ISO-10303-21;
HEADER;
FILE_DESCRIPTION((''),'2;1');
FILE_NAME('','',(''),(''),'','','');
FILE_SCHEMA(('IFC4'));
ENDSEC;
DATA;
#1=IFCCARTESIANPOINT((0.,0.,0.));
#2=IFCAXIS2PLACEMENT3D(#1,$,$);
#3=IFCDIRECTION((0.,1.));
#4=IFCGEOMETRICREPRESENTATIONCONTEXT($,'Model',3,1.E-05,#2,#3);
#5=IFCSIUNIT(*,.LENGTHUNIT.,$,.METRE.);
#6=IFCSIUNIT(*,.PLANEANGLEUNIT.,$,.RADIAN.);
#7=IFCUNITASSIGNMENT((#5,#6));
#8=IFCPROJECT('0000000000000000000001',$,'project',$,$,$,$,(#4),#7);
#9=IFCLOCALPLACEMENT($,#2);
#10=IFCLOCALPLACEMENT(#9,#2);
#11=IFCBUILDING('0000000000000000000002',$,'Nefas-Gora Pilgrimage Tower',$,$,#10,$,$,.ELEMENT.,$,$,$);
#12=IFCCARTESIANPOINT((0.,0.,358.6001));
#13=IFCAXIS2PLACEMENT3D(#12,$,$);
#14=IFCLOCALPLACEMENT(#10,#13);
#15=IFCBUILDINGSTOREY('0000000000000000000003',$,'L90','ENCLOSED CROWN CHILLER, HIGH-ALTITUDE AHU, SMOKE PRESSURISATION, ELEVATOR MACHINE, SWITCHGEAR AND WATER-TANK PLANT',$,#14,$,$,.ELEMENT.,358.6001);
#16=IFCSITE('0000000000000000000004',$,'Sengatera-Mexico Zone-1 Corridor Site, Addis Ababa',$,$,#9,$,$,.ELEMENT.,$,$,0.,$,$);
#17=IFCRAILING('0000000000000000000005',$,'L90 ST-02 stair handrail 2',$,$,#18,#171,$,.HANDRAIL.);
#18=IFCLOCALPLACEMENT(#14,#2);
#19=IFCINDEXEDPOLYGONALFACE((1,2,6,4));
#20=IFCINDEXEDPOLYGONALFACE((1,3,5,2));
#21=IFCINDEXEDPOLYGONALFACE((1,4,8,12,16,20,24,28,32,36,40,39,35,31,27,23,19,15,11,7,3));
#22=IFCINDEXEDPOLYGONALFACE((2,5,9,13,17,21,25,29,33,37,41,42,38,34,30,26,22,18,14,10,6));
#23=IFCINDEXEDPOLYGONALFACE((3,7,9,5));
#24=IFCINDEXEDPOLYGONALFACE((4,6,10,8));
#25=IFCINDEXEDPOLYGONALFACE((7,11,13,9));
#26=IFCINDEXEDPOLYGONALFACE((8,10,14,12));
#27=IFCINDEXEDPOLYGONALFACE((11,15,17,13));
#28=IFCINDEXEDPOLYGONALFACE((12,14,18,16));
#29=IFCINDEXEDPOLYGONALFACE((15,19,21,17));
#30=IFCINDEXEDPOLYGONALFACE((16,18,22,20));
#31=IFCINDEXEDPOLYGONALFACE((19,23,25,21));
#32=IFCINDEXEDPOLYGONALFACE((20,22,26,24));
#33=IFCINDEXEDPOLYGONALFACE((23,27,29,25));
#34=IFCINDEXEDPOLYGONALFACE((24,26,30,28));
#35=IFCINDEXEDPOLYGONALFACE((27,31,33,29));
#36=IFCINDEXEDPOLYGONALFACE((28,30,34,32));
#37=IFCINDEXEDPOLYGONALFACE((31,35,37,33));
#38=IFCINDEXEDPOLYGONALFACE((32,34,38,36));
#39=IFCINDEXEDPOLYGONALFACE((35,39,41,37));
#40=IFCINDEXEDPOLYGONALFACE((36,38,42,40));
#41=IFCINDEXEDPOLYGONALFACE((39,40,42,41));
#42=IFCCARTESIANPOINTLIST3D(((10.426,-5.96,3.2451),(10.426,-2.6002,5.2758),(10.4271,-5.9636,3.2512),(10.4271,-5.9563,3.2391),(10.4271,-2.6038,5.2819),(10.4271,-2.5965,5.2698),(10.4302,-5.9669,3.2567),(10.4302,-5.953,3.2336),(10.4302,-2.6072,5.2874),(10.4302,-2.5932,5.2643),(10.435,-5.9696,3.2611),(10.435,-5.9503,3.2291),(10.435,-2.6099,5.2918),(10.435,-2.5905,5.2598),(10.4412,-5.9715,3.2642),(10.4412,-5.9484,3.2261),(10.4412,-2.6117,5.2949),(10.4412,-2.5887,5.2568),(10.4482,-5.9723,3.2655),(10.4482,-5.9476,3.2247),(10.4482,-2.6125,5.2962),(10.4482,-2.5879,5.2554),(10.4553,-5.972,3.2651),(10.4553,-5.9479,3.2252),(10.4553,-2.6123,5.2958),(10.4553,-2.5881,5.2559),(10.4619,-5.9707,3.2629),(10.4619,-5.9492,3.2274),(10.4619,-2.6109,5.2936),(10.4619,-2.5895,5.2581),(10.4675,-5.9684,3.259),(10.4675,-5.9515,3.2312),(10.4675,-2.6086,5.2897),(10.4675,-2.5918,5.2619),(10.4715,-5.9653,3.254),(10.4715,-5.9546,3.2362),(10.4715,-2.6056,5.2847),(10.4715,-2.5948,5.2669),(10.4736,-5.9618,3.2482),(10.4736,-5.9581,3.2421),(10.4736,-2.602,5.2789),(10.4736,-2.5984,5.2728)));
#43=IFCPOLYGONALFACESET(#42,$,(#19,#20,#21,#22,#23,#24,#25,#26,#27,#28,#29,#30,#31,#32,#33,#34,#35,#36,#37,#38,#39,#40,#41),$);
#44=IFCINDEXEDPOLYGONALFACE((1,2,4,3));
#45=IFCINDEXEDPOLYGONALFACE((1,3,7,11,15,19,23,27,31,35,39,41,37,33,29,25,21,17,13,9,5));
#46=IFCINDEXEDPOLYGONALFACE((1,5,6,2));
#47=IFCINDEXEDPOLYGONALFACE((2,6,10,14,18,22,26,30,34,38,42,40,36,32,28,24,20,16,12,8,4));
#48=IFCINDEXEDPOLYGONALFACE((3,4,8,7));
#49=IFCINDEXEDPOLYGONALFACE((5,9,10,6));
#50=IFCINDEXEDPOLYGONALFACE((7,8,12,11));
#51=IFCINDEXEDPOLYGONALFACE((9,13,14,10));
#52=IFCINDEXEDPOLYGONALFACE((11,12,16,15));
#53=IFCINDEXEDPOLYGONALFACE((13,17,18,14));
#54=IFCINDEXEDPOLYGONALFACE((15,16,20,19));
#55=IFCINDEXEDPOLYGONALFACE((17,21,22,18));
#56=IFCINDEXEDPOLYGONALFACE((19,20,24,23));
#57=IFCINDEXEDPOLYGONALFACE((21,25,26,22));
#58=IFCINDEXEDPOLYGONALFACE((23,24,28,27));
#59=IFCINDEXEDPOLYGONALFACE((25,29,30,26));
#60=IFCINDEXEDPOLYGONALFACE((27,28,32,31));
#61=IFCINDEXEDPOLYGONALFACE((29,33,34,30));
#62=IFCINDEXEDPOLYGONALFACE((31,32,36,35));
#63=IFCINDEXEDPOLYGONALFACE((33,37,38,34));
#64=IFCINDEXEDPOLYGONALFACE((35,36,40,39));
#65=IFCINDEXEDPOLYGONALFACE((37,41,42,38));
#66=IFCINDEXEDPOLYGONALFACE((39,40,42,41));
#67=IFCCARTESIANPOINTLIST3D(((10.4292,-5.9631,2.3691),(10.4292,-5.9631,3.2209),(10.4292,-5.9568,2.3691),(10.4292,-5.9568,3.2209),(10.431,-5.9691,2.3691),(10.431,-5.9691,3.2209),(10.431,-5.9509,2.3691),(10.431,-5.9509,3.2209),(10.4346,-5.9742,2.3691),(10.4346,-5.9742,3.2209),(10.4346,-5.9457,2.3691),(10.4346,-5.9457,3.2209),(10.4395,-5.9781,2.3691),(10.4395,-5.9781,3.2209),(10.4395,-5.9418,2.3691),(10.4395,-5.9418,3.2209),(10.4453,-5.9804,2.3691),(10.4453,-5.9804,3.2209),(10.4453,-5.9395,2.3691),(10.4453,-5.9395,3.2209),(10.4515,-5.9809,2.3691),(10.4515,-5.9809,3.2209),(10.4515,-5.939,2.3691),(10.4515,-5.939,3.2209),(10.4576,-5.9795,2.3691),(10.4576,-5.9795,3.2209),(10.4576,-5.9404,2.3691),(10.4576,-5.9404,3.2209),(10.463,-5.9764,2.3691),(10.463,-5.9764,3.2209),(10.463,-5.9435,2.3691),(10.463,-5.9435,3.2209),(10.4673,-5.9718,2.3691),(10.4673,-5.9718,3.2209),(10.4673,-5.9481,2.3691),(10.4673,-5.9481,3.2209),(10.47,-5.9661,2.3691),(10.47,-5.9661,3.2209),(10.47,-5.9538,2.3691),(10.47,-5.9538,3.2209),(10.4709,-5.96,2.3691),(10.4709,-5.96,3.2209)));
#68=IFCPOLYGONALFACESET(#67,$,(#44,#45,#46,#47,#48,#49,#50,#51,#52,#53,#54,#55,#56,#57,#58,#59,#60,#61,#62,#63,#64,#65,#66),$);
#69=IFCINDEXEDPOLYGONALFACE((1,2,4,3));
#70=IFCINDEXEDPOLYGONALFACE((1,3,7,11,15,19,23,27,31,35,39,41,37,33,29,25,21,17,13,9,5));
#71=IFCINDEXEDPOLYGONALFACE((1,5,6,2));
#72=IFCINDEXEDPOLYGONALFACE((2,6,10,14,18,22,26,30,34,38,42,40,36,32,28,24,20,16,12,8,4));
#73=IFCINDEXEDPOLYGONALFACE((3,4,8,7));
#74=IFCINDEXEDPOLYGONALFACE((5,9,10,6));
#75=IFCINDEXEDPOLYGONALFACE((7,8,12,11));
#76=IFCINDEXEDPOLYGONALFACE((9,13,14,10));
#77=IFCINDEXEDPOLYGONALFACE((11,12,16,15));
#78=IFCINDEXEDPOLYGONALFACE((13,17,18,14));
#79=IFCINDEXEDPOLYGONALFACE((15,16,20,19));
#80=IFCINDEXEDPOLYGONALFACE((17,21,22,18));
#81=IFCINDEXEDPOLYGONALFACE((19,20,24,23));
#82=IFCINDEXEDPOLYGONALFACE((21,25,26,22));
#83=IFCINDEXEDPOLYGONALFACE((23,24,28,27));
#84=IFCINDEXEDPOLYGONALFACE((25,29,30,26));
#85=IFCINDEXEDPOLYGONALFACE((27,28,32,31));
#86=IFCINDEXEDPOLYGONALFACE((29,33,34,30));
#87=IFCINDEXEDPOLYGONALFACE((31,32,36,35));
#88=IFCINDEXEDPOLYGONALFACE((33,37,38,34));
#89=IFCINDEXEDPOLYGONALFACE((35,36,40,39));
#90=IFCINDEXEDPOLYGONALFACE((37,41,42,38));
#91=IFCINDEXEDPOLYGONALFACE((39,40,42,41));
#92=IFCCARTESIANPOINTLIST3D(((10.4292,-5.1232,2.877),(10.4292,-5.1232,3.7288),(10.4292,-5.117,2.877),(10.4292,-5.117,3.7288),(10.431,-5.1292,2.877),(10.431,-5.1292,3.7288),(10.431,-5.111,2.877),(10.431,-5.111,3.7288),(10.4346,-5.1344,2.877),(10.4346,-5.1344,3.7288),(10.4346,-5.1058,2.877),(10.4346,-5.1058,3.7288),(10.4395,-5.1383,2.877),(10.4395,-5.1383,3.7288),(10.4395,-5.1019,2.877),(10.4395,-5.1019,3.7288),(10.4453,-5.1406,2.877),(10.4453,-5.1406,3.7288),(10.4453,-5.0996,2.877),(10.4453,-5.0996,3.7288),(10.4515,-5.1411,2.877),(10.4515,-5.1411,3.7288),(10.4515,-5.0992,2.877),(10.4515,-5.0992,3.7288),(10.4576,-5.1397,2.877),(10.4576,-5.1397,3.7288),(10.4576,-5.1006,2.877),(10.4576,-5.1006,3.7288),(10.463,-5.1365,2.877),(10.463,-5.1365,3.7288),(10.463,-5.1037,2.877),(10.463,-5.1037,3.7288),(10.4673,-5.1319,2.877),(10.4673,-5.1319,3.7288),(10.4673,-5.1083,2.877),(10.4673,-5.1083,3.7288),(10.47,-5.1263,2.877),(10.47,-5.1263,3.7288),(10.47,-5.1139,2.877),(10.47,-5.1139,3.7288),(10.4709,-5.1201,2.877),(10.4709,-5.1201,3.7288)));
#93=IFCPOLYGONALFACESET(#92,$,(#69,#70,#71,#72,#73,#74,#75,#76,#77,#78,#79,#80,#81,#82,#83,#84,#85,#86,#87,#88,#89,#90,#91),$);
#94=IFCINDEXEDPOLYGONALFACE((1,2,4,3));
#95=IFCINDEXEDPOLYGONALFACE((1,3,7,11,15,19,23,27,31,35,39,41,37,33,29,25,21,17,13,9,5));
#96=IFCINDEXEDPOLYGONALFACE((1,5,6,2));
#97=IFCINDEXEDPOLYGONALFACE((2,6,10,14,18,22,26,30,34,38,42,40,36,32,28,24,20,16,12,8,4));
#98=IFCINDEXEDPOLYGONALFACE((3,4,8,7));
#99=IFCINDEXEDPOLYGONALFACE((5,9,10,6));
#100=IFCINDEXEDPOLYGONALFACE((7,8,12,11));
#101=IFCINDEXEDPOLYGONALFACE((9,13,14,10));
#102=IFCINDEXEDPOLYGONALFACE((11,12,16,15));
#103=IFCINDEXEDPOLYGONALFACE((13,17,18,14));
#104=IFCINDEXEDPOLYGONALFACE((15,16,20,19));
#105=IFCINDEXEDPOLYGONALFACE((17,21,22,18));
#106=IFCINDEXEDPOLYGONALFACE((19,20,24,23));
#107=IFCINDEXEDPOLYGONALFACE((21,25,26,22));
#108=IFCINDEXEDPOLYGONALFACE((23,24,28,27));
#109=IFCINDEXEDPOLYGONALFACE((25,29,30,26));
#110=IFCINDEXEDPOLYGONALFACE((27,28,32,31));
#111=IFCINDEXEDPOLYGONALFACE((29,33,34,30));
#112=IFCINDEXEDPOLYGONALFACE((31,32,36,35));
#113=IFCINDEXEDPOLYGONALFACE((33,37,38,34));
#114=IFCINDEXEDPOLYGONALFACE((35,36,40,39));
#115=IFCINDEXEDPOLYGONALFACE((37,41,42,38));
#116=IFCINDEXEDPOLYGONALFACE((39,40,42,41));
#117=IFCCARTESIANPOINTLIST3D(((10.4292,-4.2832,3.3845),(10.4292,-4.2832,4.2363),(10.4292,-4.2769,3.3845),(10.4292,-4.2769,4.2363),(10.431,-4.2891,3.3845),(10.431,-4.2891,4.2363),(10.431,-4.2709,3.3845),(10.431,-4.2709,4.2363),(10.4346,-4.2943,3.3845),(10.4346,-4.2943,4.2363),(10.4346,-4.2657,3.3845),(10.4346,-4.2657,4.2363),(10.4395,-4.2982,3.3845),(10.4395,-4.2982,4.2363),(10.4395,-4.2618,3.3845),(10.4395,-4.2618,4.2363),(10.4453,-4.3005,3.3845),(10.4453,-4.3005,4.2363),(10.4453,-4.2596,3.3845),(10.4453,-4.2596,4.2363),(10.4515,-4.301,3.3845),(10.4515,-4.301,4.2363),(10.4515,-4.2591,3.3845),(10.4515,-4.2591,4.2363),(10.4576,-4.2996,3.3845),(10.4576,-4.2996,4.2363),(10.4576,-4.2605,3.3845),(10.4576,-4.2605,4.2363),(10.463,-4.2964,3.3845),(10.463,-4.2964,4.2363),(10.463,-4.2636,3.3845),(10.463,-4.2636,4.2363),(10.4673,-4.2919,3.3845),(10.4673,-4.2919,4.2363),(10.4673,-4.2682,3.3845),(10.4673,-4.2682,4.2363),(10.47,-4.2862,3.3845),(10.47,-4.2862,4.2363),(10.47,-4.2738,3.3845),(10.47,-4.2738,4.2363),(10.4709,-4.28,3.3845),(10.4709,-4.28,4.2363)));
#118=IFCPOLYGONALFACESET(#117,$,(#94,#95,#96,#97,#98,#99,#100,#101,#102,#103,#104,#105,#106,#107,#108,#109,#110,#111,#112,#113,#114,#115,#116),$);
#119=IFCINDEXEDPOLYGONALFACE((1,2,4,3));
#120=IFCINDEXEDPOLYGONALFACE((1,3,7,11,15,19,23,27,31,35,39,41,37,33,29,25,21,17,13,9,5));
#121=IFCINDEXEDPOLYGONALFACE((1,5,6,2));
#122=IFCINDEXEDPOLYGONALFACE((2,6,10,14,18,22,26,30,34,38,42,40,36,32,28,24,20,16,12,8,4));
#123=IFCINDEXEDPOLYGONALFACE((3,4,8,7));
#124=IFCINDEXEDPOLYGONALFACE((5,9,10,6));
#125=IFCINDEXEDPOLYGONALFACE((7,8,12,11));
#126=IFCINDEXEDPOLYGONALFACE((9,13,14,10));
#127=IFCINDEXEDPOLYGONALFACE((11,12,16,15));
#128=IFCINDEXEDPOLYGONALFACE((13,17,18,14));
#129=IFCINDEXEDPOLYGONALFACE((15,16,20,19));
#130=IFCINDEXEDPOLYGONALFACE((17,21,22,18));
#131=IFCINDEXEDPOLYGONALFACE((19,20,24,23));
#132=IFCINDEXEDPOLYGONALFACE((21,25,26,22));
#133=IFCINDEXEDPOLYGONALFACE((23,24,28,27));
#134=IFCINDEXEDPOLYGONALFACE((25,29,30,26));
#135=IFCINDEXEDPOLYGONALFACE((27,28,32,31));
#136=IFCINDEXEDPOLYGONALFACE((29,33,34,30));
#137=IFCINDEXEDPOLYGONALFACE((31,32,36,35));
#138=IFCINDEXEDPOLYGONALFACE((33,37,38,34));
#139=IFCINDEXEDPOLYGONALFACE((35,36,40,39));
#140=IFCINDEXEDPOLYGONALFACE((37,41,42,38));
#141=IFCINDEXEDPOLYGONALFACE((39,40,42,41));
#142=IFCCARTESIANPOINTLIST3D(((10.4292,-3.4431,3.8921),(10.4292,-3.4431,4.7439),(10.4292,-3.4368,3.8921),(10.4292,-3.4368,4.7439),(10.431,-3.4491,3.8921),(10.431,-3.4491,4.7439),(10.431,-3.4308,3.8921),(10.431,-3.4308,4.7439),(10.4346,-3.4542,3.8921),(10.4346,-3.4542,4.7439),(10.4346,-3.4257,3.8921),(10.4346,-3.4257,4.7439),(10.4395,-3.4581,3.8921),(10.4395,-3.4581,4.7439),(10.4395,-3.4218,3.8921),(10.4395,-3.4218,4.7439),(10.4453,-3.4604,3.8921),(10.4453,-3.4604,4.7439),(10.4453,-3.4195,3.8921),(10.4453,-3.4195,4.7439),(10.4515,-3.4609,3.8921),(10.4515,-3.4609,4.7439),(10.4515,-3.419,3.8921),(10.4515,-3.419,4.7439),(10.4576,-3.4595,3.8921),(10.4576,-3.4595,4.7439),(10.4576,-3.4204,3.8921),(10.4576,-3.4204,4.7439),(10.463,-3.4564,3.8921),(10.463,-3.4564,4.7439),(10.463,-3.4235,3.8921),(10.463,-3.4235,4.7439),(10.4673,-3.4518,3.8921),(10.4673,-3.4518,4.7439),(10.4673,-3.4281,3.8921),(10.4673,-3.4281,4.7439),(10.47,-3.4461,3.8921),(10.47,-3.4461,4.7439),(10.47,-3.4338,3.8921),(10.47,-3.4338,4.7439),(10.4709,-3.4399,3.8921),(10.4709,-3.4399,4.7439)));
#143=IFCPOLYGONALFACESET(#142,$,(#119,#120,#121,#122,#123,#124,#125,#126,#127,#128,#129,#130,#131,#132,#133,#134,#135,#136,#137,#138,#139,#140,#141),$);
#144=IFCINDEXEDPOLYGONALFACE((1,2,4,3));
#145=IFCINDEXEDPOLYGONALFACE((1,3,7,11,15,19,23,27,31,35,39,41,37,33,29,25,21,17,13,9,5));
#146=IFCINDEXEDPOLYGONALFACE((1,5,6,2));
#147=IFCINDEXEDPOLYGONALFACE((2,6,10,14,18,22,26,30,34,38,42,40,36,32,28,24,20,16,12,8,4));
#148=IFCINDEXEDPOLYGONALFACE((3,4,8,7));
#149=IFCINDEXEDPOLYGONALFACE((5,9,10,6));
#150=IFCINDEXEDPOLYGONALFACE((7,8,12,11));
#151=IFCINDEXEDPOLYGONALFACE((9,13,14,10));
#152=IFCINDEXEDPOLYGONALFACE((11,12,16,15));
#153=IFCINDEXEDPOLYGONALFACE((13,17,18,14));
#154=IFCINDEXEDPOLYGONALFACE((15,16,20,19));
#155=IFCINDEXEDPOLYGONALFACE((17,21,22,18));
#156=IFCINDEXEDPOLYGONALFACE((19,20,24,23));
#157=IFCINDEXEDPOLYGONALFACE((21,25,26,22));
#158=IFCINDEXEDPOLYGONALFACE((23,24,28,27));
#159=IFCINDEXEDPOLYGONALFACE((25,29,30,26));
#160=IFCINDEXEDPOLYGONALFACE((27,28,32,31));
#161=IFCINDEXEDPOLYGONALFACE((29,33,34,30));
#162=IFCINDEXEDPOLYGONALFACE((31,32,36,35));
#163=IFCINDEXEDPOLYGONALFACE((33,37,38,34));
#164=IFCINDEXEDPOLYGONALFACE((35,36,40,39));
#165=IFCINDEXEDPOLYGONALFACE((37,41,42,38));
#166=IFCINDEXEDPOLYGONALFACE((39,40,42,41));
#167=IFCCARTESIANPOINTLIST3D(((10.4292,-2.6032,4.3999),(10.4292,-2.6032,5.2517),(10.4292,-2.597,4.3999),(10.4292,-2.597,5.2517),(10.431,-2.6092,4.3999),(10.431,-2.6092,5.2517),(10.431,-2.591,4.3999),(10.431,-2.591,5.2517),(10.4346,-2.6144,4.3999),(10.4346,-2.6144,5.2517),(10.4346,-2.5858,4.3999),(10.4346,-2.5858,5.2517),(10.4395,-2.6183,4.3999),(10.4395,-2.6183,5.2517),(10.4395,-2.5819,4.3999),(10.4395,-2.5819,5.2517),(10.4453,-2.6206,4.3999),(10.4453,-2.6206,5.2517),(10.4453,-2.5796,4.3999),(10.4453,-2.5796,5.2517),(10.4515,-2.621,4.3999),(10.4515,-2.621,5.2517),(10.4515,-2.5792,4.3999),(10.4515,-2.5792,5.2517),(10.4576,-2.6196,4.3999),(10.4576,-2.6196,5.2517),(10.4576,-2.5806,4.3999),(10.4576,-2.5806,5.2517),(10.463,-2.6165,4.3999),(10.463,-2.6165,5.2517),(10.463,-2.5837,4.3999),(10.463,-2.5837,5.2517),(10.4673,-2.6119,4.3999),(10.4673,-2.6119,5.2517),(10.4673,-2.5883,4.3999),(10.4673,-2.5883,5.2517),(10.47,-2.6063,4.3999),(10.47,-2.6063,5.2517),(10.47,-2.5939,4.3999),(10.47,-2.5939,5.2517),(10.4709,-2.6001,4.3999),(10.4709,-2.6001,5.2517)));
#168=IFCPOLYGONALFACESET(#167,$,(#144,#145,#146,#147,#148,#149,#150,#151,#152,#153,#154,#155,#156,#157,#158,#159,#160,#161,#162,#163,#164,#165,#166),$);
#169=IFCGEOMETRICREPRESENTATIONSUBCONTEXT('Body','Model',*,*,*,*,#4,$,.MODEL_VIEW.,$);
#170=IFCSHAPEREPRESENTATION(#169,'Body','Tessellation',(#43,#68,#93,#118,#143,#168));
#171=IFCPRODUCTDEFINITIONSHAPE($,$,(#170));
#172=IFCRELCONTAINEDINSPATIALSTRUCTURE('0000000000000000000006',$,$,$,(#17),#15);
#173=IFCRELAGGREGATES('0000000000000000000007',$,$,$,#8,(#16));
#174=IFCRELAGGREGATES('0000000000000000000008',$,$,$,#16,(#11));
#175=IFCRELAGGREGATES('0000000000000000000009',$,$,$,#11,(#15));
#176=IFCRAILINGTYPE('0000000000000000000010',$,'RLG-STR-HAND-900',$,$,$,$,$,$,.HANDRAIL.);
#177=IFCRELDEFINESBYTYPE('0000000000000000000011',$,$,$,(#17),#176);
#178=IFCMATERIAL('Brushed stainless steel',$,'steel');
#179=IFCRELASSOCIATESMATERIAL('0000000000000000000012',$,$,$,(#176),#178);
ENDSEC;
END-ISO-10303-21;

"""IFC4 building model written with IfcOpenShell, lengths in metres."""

from ifc_helpers import new_model, si_unit, direction, frame, origin, origin_2d, place, context, subcontext, project, spatial, circle, extrude, material, type_object, element, save


model = new_model("IFC4")

# Units and contexts
model_context = context("Model", 3, precision=1e-05, world=origin(), true_north=direction((0.0, 1.0)))
body_context = subcontext(model_context, "Body", "Model", "MODEL_VIEW")
ifc_project = project(units=[si_unit("LENGTHUNIT", "METRE"), si_unit("PLANEANGLEUNIT", "RADIAN")], contexts=[model_context])

# Site, building, storey
site_placement = place(None, origin())
site = spatial("IfcSite", under=ifc_project, at=site_placement, Name="Sengatera-Mexico Zone-1 Corridor Site, Addis Ababa", CompositionType="ELEMENT", RefElevation=0.0)
building_placement = place(site_placement, origin())
building = spatial("IfcBuilding", under=site, at=building_placement, Name="Nefas-Gora Pilgrimage Tower", CompositionType="ELEMENT")
storey_placement = place(building_placement, frame((0.0, 0.0, 358.6001)))
storey = spatial("IfcBuildingStorey", under=building, at=storey_placement, Name="L90", Description="ENCLOSED CROWN CHILLER, HIGH-ALTITUDE AHU, SMOKE PRESSURISATION, ELEVATOR MACHINE, SWITCHGEAR AND WATER-TANK PLANT", CompositionType="ELEMENT", Elevation=358.6001)

# Railing
ifc_material_1 = material(Name="Brushed stainless steel", Category="steel")
railing_type_1 = type_object("IfcRailingType", Name="RLG-STR-HAND-900", PredefinedType="HANDRAIL", material=ifc_material_1)
railing_1_placement = place(storey_placement, frame((10.45, -5.96, 2.3691)))
element("IfcRailing", 1, at=railing_1_placement, inside=storey, type_object=railing_type_1, Name="L90 ST-02 stair handrail 2", PredefinedType="HANDRAIL", context=body_context, shape_type="SweptSolid", body=[
    extrude(circle(Radius=0.0239, at=origin_2d()), frame((0.0, 0.0, 0.876), z_axis=(0.0, 0.85582, 0.517273), x_axis=(-1.0, 0.0, 0.0)), (0.0, 0.0, 1.0), 3.9258),
    extrude(circle(Radius=0.021, at=origin_2d()), origin(), (0.0, 0.0, 1.0), 0.8518),
    extrude(circle(Radius=0.021, at=origin_2d()), frame((0.0, 0.8398, 0.5078)), (0.0, 0.0, 1.0), 0.8518),
    extrude(circle(Radius=0.021, at=origin_2d()), frame((0.0, 1.6799, 1.0154)), (0.0, 0.0, 1.0), 0.8518),
    extrude(circle(Radius=0.021, at=origin_2d()), frame((0.0, 2.52, 1.5229)), (0.0, 0.0, 1.0), 0.8518),
    extrude(circle(Radius=0.021, at=origin_2d()), frame((0.0, 3.3599, 2.0308)), (0.0, 0.0, 1.0), 0.8518),
])

save(model, "model.ifc")
